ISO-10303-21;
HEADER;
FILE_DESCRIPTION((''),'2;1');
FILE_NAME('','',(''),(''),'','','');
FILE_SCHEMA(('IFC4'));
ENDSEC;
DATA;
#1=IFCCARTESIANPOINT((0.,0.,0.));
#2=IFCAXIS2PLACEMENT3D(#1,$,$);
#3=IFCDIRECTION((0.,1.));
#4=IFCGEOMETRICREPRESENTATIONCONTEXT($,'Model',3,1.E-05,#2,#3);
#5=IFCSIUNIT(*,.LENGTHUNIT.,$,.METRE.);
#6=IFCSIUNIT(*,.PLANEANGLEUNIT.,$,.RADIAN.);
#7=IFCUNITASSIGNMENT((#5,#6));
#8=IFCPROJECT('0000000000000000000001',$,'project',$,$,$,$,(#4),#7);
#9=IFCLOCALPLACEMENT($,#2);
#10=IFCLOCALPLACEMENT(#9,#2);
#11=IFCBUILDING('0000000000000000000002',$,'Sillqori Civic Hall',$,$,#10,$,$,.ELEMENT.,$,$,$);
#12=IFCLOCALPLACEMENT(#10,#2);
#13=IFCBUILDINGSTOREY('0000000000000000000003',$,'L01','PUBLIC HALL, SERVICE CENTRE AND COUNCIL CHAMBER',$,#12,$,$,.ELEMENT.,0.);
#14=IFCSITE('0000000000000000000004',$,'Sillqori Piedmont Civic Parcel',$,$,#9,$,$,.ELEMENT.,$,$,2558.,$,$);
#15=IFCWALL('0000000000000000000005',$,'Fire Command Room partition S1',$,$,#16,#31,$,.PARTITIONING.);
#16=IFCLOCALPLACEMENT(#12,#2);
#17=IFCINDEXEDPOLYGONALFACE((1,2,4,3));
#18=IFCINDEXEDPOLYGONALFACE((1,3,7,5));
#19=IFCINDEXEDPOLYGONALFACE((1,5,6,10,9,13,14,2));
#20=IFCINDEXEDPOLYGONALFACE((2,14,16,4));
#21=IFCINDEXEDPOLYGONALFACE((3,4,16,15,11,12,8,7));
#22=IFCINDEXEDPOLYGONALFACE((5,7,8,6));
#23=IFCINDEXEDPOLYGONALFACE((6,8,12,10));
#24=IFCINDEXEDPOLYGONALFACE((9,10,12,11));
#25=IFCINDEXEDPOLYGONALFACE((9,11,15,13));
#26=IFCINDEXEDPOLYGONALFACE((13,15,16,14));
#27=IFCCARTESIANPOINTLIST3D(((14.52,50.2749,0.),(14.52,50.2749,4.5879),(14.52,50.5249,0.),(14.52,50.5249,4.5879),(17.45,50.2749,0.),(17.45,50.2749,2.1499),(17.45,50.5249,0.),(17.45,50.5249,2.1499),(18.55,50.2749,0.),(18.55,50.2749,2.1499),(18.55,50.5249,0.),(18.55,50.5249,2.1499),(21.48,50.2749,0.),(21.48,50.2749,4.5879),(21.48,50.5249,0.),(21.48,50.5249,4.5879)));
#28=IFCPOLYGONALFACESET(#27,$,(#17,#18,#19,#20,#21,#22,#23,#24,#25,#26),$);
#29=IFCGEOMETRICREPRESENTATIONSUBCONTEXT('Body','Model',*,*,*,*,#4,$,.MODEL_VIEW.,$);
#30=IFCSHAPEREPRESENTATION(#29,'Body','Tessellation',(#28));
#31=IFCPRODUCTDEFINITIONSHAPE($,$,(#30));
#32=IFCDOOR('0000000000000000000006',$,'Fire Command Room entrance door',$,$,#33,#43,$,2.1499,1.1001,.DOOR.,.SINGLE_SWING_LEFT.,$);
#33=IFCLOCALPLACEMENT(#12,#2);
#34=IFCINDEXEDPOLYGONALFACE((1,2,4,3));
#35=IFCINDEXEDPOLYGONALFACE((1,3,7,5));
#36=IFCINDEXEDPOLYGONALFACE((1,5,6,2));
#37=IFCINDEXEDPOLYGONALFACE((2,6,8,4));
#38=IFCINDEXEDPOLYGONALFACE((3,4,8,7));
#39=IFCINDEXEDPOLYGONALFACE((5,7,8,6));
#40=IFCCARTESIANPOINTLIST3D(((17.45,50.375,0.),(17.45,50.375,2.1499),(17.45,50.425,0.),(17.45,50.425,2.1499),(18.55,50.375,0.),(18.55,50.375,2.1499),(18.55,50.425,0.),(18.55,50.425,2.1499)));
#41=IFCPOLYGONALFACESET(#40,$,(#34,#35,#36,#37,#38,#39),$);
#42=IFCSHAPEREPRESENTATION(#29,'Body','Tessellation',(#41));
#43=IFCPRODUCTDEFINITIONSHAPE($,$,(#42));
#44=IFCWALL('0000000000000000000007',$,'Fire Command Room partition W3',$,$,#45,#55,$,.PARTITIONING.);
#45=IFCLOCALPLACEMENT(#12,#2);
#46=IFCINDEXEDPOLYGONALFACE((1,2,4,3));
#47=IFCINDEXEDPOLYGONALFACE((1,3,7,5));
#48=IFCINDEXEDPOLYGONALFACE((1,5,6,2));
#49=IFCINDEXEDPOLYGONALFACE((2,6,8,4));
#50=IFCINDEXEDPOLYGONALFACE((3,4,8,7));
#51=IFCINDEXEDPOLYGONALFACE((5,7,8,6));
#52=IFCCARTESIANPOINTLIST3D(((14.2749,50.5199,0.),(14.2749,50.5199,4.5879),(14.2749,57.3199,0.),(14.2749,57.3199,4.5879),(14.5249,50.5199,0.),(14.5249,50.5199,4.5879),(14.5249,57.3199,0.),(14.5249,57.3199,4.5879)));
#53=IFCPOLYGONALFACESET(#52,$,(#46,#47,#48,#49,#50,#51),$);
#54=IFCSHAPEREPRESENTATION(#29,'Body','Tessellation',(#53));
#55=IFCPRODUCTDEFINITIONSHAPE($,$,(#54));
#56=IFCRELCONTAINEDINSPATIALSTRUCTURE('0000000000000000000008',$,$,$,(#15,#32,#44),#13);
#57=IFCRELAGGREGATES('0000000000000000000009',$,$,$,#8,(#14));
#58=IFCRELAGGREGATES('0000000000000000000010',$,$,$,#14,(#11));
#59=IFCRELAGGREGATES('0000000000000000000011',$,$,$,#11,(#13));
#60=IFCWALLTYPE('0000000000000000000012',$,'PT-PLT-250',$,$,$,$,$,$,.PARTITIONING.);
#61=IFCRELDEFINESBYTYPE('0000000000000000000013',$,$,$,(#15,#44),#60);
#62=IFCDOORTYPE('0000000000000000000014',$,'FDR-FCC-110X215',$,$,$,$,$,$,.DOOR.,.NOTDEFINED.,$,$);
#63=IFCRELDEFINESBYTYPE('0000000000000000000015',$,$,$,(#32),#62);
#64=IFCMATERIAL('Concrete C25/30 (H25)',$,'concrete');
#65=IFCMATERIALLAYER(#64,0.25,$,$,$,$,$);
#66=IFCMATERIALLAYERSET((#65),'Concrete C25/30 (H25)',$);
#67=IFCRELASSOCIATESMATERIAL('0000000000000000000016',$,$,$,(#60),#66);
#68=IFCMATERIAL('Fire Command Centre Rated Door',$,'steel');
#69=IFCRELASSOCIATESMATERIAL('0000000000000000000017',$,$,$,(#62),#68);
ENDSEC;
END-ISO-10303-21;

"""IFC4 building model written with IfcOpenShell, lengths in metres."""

from ifc_helpers import new_model, si_unit, direction, frame, frame_2d, origin, place, context, subcontext, project, spatial, rectangle, extrude, material, layer, layer_set, type_object, element, fill, save


model = new_model("IFC4")

# Units and contexts
model_context = context("Model", 3, precision=1e-05, world=origin(), true_north=direction((0.0, 1.0)))
body_context = subcontext(model_context, "Body", "Model", "MODEL_VIEW")
ifc_project = project(units=[si_unit("LENGTHUNIT", "METRE"), si_unit("PLANEANGLEUNIT", "RADIAN")], contexts=[model_context])

# Site, building, storey
site_placement = place(None, origin())
site = spatial("IfcSite", under=ifc_project, at=site_placement, Name="Sillqori Piedmont Civic Parcel", CompositionType="ELEMENT", RefElevation=2558.0)
building_placement = place(site_placement, origin())
building = spatial("IfcBuilding", under=site, at=building_placement, Name="Sillqori Civic Hall", CompositionType="ELEMENT")
storey_placement = place(building_placement, origin())
storey = spatial("IfcBuildingStorey", under=building, at=storey_placement, Name="L01", Description="PUBLIC HALL, SERVICE CENTRE AND COUNCIL CHAMBER", CompositionType="ELEMENT", Elevation=0.0)

# Wall, opening, door
ifc_material_1 = material(Name="Concrete C25/30 (H25)", Category="concrete")
ifc_layer_1 = layer(ifc_material_1, 0.25)
ifc_layer_set_1 = layer_set([ifc_layer_1], Name="Concrete C25/30 (H25)")
wall_type_1 = type_object("IfcWallType", Name="PT-PLT-250", PredefinedType="PARTITIONING", material=ifc_layer_set_1)
wall_1_placement = place(storey_placement, frame((21.48, 50.3999, 0.0), z_axis=(0.0, 0.0, 1.0), x_axis=(-1.0, 0.0, 0.0)))
wall_1 = element("IfcWall", 1, at=wall_1_placement, inside=storey, type_object=wall_type_1, Name="Fire Command Room partition S1", PredefinedType="PARTITIONING", context=body_context, shape_type="SweptSolid", body=[
    extrude(rectangle(XDim=6.96, YDim=0.25, at=frame_2d((3.48, 0.0))), origin(), (0.0, 0.0, 1.0), 4.5879),
])
opening_1_placement = place(wall_1_placement, frame((2.9299, 0.0, 0.0)))
opening_1 = element("IfcOpeningElement", 2, at=opening_1_placement, cuts=wall_1, PredefinedType="OPENING", context=body_context, shape_type="SweptSolid", body=[
    extrude(rectangle(XDim=1.1001, YDim=2.1499, at=frame_2d((0.55, 1.075))), frame((0.0, 0.135, 0.0), z_axis=(0.0, -1.0, 0.0), x_axis=(1.0, 0.0, 0.0)), (0.0, 0.0, 1.0), 0.27),
])
ifc_material_2 = material(Name="Fire Command Centre Rated Door", Category="steel")
door_type_1 = type_object("IfcDoorType", Name="FDR-FCC-110X215", OperationType="NOTDEFINED", PredefinedType="DOOR", material=ifc_material_2)
door_1_placement = place(opening_1_placement, origin())
door_1 = element("IfcDoor", 3, at=door_1_placement, inside=storey, type_object=door_type_1, Name="Fire Command Room entrance door", OperationType="SINGLE_SWING_LEFT", OverallHeight=2.1499, OverallWidth=1.1001, PredefinedType="DOOR", context=body_context, shape_type="SweptSolid", body=[
    extrude(rectangle(XDim=1.1001, YDim=2.1499, at=frame_2d((0.55, 1.075))), frame((0.0, 0.0249, 0.0), z_axis=(0.0, -1.0, 0.0), x_axis=(1.0, 0.0, 0.0)), (0.0, 0.0, 1.0), 0.05),
])
fill(opening_1, door_1)

# Wall
wall_2_placement = place(storey_placement, frame((14.3999, 50.52, 0.0), z_axis=(0.0, 0.0, 1.0), x_axis=(0.0, 1.0, 0.0)))
element("IfcWall", 4, at=wall_2_placement, inside=storey, type_object=wall_type_1, Name="Fire Command Room partition W3", PredefinedType="PARTITIONING", context=body_context, shape_type="SweptSolid", body=[
    extrude(rectangle(XDim=6.8, YDim=0.25, at=frame_2d((3.3999, 0.0))), origin(), (0.0, 0.0, 1.0), 4.5879),
])

save(model, "model.ifc")
